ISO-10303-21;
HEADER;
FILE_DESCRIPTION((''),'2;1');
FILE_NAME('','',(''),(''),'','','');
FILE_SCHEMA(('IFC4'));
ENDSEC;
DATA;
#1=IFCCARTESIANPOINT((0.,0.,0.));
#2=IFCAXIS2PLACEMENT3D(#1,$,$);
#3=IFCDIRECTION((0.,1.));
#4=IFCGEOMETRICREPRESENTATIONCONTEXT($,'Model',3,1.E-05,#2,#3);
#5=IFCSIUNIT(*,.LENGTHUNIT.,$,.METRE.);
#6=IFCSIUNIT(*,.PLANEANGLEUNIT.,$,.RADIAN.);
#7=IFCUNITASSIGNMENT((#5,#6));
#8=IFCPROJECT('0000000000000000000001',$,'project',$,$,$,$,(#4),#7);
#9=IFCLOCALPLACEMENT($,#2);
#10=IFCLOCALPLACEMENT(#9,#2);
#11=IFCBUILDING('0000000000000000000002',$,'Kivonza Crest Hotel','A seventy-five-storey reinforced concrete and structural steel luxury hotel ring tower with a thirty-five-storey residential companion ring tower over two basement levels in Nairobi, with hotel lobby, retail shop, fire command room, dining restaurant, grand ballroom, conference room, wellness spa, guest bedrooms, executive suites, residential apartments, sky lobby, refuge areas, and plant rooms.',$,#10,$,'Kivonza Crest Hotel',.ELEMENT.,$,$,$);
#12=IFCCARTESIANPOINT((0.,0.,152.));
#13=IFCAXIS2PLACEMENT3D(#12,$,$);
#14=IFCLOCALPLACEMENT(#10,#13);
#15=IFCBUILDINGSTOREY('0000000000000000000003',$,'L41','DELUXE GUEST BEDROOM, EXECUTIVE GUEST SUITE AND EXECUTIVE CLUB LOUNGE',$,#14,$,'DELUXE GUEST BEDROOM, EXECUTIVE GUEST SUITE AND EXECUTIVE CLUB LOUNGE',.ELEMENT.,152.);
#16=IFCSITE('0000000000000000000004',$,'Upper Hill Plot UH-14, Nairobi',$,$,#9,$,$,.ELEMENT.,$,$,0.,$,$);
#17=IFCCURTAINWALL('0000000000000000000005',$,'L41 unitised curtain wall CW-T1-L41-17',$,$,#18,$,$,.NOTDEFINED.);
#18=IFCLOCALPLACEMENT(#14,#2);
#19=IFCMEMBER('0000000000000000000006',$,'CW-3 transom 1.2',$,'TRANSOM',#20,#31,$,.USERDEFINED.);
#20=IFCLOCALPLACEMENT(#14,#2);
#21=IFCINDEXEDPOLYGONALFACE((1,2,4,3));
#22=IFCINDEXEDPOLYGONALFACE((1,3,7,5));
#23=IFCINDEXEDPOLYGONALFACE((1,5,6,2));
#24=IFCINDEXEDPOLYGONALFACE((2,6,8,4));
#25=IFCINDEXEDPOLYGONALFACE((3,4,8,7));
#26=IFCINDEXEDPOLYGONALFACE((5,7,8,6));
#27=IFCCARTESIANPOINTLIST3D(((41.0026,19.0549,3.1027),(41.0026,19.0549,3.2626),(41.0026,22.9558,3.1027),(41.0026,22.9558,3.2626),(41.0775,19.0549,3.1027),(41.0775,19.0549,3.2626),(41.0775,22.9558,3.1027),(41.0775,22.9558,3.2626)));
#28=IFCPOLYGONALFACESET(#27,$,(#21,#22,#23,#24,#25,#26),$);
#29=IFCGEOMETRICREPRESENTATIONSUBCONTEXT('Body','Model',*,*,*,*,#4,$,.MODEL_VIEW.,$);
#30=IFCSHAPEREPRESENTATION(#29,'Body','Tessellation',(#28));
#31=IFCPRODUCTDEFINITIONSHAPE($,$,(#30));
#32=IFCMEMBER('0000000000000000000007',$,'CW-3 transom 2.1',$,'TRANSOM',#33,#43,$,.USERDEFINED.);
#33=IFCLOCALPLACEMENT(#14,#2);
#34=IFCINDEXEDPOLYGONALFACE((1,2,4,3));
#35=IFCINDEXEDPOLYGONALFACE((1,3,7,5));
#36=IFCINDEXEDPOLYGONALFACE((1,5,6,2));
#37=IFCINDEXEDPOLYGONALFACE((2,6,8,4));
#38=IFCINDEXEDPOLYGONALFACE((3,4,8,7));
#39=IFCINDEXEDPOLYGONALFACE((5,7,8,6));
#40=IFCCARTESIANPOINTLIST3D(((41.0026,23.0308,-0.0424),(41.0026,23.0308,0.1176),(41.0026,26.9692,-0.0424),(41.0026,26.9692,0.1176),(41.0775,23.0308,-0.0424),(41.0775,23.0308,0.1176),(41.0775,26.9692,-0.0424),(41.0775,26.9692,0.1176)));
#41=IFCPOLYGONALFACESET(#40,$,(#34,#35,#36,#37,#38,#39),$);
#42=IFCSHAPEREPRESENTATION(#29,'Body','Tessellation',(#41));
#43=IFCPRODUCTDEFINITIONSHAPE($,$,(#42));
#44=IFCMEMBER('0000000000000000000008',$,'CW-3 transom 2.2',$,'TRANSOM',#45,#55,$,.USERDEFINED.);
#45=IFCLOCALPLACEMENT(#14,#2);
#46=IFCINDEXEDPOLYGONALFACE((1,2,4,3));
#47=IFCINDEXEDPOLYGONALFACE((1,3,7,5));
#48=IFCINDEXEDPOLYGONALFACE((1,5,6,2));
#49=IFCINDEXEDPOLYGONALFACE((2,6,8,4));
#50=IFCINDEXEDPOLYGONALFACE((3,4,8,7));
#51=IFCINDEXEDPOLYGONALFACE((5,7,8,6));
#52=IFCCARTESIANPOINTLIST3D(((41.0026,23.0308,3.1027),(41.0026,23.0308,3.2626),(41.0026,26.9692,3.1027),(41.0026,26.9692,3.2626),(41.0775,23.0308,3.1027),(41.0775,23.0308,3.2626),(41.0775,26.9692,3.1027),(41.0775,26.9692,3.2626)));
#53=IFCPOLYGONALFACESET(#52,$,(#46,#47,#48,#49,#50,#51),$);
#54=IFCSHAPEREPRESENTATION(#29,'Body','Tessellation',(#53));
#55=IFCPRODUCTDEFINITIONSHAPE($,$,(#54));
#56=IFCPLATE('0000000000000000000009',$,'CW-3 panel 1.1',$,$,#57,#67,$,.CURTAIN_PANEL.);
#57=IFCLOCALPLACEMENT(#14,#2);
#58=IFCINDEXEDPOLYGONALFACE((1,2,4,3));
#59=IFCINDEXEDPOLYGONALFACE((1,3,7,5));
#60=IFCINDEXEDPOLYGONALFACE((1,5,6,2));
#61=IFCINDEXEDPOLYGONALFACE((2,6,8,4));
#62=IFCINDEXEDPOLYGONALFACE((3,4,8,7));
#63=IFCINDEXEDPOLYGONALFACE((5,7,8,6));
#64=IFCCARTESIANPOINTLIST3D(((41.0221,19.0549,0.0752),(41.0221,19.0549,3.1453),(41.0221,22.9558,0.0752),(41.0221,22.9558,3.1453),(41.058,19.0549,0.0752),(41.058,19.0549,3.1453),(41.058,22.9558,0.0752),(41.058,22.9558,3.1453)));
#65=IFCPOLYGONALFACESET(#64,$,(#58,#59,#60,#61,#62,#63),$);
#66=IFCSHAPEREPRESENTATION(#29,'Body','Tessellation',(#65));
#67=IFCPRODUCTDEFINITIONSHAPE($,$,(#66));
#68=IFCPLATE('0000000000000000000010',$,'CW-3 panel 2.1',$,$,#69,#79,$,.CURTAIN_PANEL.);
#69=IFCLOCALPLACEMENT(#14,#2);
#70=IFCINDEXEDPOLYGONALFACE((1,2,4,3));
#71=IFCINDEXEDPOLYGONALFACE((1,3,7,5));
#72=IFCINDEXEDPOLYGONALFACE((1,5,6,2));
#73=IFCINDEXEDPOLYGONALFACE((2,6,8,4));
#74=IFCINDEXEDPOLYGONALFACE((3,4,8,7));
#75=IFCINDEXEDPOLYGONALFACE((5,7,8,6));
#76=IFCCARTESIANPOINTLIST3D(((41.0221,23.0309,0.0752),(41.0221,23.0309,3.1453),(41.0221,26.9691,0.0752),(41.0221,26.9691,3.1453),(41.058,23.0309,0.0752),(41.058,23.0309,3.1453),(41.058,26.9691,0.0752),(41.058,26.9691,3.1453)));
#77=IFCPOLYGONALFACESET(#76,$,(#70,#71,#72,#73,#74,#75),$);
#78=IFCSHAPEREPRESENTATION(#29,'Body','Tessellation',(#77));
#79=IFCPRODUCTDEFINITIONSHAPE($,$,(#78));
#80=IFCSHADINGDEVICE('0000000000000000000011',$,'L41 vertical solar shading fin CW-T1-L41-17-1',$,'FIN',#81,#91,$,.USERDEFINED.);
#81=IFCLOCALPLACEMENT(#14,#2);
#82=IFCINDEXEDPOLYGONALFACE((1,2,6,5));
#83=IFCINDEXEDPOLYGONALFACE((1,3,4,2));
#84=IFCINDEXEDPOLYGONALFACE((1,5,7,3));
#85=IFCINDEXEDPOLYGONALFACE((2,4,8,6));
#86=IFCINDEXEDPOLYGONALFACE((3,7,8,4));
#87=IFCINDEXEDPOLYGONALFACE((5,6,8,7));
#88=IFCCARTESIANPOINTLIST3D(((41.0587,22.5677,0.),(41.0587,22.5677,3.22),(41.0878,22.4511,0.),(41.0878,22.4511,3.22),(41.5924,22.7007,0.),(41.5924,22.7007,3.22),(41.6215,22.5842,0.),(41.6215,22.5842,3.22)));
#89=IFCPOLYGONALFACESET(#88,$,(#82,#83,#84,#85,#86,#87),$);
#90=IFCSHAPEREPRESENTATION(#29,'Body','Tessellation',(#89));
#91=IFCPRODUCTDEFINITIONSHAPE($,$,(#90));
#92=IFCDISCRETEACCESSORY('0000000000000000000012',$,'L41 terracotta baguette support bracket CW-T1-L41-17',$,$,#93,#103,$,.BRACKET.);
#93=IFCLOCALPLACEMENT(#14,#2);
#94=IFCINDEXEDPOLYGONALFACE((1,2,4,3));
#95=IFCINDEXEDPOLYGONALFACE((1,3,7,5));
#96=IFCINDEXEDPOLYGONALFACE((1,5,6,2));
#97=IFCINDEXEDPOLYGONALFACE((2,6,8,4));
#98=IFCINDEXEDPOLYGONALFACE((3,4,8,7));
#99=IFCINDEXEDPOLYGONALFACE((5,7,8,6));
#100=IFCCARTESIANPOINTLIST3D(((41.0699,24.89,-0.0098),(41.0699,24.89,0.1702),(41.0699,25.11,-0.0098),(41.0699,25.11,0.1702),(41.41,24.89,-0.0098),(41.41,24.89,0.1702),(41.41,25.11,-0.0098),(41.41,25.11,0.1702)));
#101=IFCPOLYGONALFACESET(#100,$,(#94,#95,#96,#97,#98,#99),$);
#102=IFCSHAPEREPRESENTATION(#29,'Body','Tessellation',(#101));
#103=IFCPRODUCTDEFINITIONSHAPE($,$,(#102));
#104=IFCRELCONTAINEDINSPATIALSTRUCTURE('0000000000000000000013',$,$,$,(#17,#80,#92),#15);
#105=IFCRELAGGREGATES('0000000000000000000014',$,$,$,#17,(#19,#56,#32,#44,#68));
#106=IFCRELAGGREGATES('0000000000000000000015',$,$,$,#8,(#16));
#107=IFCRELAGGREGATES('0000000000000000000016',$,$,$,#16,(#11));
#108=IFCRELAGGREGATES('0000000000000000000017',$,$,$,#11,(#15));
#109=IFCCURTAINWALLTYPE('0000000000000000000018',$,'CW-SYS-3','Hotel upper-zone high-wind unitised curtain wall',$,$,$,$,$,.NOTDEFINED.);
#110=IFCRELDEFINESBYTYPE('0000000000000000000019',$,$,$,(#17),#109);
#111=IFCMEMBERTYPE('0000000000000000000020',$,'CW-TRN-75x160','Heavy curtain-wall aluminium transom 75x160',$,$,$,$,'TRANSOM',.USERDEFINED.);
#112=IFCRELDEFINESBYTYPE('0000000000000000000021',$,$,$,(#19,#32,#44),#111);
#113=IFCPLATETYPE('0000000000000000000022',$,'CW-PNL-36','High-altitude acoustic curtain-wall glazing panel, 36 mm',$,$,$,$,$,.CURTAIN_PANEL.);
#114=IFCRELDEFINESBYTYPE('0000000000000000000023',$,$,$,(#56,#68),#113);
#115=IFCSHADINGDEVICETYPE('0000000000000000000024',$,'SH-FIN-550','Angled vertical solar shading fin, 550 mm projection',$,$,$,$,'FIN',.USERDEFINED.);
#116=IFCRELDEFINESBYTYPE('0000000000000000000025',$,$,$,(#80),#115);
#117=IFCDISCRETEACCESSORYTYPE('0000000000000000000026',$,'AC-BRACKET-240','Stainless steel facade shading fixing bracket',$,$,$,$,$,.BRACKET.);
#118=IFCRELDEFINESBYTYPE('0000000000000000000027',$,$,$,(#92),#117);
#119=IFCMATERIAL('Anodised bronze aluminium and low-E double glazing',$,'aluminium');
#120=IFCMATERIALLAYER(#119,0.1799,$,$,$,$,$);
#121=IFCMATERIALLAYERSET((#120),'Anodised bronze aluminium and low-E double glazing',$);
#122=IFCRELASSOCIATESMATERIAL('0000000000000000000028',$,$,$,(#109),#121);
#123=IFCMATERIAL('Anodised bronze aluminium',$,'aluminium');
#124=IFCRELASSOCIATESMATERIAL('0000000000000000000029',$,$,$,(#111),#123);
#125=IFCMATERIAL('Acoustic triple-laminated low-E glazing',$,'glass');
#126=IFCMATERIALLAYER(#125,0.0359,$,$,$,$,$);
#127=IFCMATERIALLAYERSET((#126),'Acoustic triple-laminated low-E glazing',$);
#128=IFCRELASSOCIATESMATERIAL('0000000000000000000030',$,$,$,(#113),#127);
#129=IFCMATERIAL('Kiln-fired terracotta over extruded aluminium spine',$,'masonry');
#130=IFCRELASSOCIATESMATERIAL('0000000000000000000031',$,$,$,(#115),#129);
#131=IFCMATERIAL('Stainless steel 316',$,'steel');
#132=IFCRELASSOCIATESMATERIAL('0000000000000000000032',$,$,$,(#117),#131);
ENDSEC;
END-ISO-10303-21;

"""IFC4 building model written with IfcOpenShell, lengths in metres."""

from ifc_helpers import new_model, si_unit, direction, frame, origin, origin_2d, place, context, subcontext, project, spatial, rectangle, extrude, material, layer, layer_set, material_profile, profile_set, type_object, element, aggregate, save


model = new_model("IFC4")

# Units and contexts
model_context = context("Model", 3, precision=1e-05, world=origin(), true_north=direction((0.0, 1.0)))
body_context = subcontext(model_context, "Body", "Model", "MODEL_VIEW")
ifc_project = project(units=[si_unit("LENGTHUNIT", "METRE"), si_unit("PLANEANGLEUNIT", "RADIAN")], contexts=[model_context])

# Site, building, storey
site_placement = place(None, origin())
site = spatial("IfcSite", under=ifc_project, at=site_placement, Name="Upper Hill Plot UH-14, Nairobi", CompositionType="ELEMENT", RefElevation=0.0)
building_placement = place(site_placement, origin())
building = spatial("IfcBuilding", under=site, at=building_placement, Name="Kivonza Crest Hotel", Description="A seventy-five-storey reinforced concrete and structural steel luxury hotel ring tower with a thirty-five-storey residential companion ring tower over two basement levels in Nairobi, with hotel lobby, retail shop, fire command room, dining restaurant, grand ballroom, conference room, wellness spa, guest bedrooms, executive suites, residential apartments, sky lobby, refuge areas, and plant rooms.", LongName="Kivonza Crest Hotel", CompositionType="ELEMENT")
storey_placement = place(building_placement, frame((0.0, 0.0, 152.0)))
storey = spatial("IfcBuildingStorey", under=building, at=storey_placement, Name="L41", Description="DELUXE GUEST BEDROOM, EXECUTIVE GUEST SUITE AND EXECUTIVE CLUB LOUNGE", LongName="DELUXE GUEST BEDROOM, EXECUTIVE GUEST SUITE AND EXECUTIVE CLUB LOUNGE", CompositionType="ELEMENT", Elevation=152.0)

# Curtain wall, members, plates
ifc_material_1 = material(Name="Anodised bronze aluminium and low-E double glazing", Category="aluminium")
ifc_layer_1 = layer(ifc_material_1, 0.1799)
ifc_layer_set_1 = layer_set([ifc_layer_1], Name="Anodised bronze aluminium and low-E double glazing")
curtain_wall_type = type_object("IfcCurtainWallType", Name="CW-SYS-3", Description="Hotel upper-zone high-wind unitised curtain wall", PredefinedType="NOTDEFINED", material=ifc_layer_set_1)
curtain_wall_placement = place(storey_placement, origin())
curtain_wall = element("IfcCurtainWall", 1, at=curtain_wall_placement, inside=storey, type_object=curtain_wall_type, Name="L41 unitised curtain wall CW-T1-L41-17", PredefinedType="NOTDEFINED")
ifc_material_2 = material(Name="Anodised bronze aluminium", Category="aluminium")
ifc_material_profile_1 = material_profile(ifc_material_2, rectangle(XDim=0.075, YDim=0.1599, at=origin_2d()), Name="CW-T 75x160")
ifc_profile_set_1 = profile_set([ifc_material_profile_1], Name="Anodised bronze aluminium")
member_type_1 = type_object("IfcMemberType", Name="CW-TRN-75x160", Description="Heavy curtain-wall aluminium transom 75x160", ElementType="TRANSOM", PredefinedType="USERDEFINED", material=ifc_profile_set_1)
member_1_placement = place(storey_placement, frame((41.04, 19.0549, 3.1826), z_axis=(0.0, 1.0, 0.0), x_axis=(-1.0, 0.0, 0.0)))
member_1 = element("IfcMember", 2, at=member_1_placement, type_object=member_type_1, Name="CW-3 transom 1.2", ObjectType="TRANSOM", PredefinedType="USERDEFINED", context=body_context, shape_type="SweptSolid", body=[
    extrude(rectangle(XDim=0.075, YDim=0.1599, at=origin_2d()), origin(), (0.0, 0.0, 1.0), 3.9009),
])
member_2_placement = place(storey_placement, frame((41.04, 23.0308, 0.0376), z_axis=(0.0, 1.0, 0.0), x_axis=(-1.0, 0.0, 0.0)))
member_2 = element("IfcMember", 3, at=member_2_placement, type_object=member_type_1, Name="CW-3 transom 2.1", ObjectType="TRANSOM", PredefinedType="USERDEFINED", context=body_context, shape_type="SweptSolid", body=[
    extrude(rectangle(XDim=0.075, YDim=0.1599, at=origin_2d()), origin(), (0.0, 0.0, 1.0), 3.9385),
])
member_3_placement = place(storey_placement, frame((41.04, 23.0308, 3.1826), z_axis=(0.0, 1.0, 0.0), x_axis=(-1.0, 0.0, 0.0)))
member_3 = element("IfcMember", 4, at=member_3_placement, type_object=member_type_1, Name="CW-3 transom 2.2", ObjectType="TRANSOM", PredefinedType="USERDEFINED", context=body_context, shape_type="SweptSolid", body=[
    extrude(rectangle(XDim=0.075, YDim=0.1599, at=origin_2d()), origin(), (0.0, 0.0, 1.0), 3.9385),
])
ifc_material_3 = material(Name="Acoustic triple-laminated low-E glazing", Category="glass")
ifc_layer_2 = layer(ifc_material_3, 0.0359)
ifc_layer_set_2 = layer_set([ifc_layer_2], Name="Acoustic triple-laminated low-E glazing")
plate_type = type_object("IfcPlateType", Name="CW-PNL-36", Description="High-altitude acoustic curtain-wall glazing panel, 36 mm", PredefinedType="CURTAIN_PANEL", material=ifc_layer_set_2)
plate_1_placement = place(storey_placement, frame((41.04, 21.0054, 0.0752), z_axis=(0.0, 0.0, 1.0), x_axis=(0.0, 1.0, 0.0)))
plate_1 = element("IfcPlate", 5, at=plate_1_placement, type_object=plate_type, Name="CW-3 panel 1.1", PredefinedType="CURTAIN_PANEL", context=body_context, shape_type="SweptSolid", body=[
    extrude(rectangle(XDim=3.9009, YDim=0.0359, at=origin_2d()), origin(), (0.0, 0.0, 1.0), 3.0701),
])
plate_2_placement = place(storey_placement, frame((41.04, 25.0, 0.0752), z_axis=(0.0, 0.0, 1.0), x_axis=(0.0, 1.0, 0.0)))
plate_2 = element("IfcPlate", 6, at=plate_2_placement, type_object=plate_type, Name="CW-3 panel 2.1", PredefinedType="CURTAIN_PANEL", context=body_context, shape_type="SweptSolid", body=[
    extrude(rectangle(XDim=3.9382, YDim=0.0359, at=origin_2d()), origin(), (0.0, 0.0, 1.0), 3.0701),
])
aggregate(curtain_wall, [member_1, plate_1, member_2, member_3, plate_2])

# Shading device
ifc_material_4 = material(Name="Kiln-fired terracotta over extruded aluminium spine", Category="masonry")
shading_device_type = type_object("IfcShadingDeviceType", Name="SH-FIN-550", Description="Angled vertical solar shading fin, 550 mm projection", ElementType="FIN", PredefinedType="USERDEFINED", material=ifc_material_4)
shading_device_placement = place(storey_placement, frame((41.3401, 22.5759, 0.0), z_axis=(0.0, 0.0, 1.0), x_axis=(-0.241922, 0.970296, 0.0)))
element("IfcShadingDevice", 7, at=shading_device_placement, inside=storey, type_object=shading_device_type, Name="L41 vertical solar shading fin CW-T1-L41-17-1", ObjectType="FIN", PredefinedType="USERDEFINED", context=body_context, shape_type="SweptSolid", body=[
    extrude(rectangle(XDim=0.1201, YDim=0.55, at=origin_2d()), origin(), (0.0, 0.0, 1.0), 3.22),
])

# Discrete accessory
ifc_material_5 = material(Name="Stainless steel 316", Category="steel")
discrete_accessory_type = type_object("IfcDiscreteAccessoryType", Name="AC-BRACKET-240", Description="Stainless steel facade shading fixing bracket", PredefinedType="BRACKET", material=ifc_material_5)
discrete_accessory_placement = place(storey_placement, frame((41.24, 25.0, -0.0098), z_axis=(0.0, 0.0, 1.0), x_axis=(0.0, 1.0, 0.0)))
element("IfcDiscreteAccessory", 8, at=discrete_accessory_placement, inside=storey, type_object=discrete_accessory_type, Name="L41 terracotta baguette support bracket CW-T1-L41-17", PredefinedType="BRACKET", context=body_context, shape_type="SweptSolid", body=[
    extrude(rectangle(XDim=0.22, YDim=0.3401, at=origin_2d()), origin(), (0.0, 0.0, 1.0), 0.1799),
])

save(model, "model.ifc")
